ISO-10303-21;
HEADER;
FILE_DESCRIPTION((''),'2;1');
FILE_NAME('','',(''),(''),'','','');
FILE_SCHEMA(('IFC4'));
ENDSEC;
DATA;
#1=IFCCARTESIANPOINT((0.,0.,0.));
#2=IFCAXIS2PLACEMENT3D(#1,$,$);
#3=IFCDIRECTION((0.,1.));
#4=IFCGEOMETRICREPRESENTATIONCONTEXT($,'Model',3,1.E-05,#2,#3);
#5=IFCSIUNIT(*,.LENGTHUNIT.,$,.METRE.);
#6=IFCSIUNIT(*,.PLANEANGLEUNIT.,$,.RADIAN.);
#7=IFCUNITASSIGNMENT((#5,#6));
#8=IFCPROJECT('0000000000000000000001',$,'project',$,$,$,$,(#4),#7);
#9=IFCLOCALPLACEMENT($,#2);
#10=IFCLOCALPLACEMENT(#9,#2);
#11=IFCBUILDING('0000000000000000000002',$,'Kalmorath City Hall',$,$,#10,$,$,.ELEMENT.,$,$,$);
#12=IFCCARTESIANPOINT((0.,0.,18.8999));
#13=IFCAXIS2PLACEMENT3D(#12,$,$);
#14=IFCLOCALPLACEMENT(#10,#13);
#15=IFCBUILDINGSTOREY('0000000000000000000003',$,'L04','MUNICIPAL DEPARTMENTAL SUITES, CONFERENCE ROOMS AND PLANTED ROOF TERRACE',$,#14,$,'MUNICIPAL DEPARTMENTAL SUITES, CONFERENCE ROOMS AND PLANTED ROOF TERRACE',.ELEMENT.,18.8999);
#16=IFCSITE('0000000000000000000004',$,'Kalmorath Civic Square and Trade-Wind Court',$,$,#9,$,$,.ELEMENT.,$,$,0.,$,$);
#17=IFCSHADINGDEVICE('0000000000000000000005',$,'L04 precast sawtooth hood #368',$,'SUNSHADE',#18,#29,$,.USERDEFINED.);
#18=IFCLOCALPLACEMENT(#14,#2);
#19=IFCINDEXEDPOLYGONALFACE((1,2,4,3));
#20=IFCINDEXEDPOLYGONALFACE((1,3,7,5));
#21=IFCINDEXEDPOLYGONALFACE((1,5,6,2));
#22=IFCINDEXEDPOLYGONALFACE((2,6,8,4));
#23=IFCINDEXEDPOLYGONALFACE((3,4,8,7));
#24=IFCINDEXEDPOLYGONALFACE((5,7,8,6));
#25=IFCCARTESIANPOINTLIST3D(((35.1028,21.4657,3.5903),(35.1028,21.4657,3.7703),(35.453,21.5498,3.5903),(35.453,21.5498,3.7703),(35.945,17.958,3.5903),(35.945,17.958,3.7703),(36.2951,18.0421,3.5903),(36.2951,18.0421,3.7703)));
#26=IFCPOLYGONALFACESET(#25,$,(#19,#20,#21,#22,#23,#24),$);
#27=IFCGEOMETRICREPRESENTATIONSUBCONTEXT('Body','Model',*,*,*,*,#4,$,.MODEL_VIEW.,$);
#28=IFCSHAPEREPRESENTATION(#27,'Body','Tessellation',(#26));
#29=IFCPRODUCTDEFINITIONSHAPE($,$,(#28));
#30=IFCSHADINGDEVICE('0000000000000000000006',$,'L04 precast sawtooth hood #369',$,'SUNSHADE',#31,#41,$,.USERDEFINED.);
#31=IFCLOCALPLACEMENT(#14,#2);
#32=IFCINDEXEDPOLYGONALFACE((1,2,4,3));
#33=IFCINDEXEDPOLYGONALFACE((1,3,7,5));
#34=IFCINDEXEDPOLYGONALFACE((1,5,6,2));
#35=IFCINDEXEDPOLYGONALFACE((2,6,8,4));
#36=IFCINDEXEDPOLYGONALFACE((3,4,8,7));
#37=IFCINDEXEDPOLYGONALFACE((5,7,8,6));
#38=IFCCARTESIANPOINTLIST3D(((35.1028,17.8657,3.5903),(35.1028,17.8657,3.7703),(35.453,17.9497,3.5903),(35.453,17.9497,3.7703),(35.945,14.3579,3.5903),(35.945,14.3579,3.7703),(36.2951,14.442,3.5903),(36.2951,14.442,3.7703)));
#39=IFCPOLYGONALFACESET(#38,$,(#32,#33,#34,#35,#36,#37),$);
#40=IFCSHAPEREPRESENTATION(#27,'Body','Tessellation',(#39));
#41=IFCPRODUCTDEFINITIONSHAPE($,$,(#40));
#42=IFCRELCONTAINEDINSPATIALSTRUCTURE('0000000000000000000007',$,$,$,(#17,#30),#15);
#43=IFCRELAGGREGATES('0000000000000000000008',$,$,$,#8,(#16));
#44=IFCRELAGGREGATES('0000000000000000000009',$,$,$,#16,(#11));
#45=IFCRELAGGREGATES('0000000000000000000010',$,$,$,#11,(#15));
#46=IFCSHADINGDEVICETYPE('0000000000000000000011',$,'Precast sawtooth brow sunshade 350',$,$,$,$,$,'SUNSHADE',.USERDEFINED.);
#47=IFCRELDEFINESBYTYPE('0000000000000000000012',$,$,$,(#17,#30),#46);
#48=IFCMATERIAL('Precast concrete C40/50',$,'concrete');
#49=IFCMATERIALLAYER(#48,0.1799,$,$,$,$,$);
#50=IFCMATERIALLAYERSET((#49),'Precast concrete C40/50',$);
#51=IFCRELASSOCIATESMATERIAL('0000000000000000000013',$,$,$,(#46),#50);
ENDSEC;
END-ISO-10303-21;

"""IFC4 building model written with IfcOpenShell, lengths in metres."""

from ifc_helpers import new_model, si_unit, direction, frame, origin, origin_2d, place, context, subcontext, project, spatial, rectangle, extrude, material, layer, layer_set, type_object, element, save


model = new_model("IFC4")

# Units and contexts
model_context = context("Model", 3, precision=1e-05, world=origin(), true_north=direction((0.0, 1.0)))
body_context = subcontext(model_context, "Body", "Model", "MODEL_VIEW")
ifc_project = project(units=[si_unit("LENGTHUNIT", "METRE"), si_unit("PLANEANGLEUNIT", "RADIAN")], contexts=[model_context])

# Site, building, storey
site_placement = place(None, origin())
site = spatial("IfcSite", under=ifc_project, at=site_placement, Name="Kalmorath Civic Square and Trade-Wind Court", CompositionType="ELEMENT", RefElevation=0.0)
building_placement = place(site_placement, origin())
building = spatial("IfcBuilding", under=site, at=building_placement, Name="Kalmorath City Hall", CompositionType="ELEMENT")
storey_placement = place(building_placement, frame((0.0, 0.0, 18.8999)))
storey = spatial("IfcBuildingStorey", under=building, at=storey_placement, Name="L04", Description="MUNICIPAL DEPARTMENTAL SUITES, CONFERENCE ROOMS AND PLANTED ROOF TERRACE", LongName="MUNICIPAL DEPARTMENTAL SUITES, CONFERENCE ROOMS AND PLANTED ROOF TERRACE", CompositionType="ELEMENT", Elevation=18.8999)

# Shading devices
ifc_material_1 = material(Name="Precast concrete C40/50", Category="concrete")
ifc_layer_1 = layer(ifc_material_1, 0.1799)
ifc_layer_set_1 = layer_set([ifc_layer_1], Name="Precast concrete C40/50")
shading_device_type = type_object("IfcShadingDeviceType", Name="Precast sawtooth brow sunshade 350", ElementType="SUNSHADE", PredefinedType="USERDEFINED", material=ifc_layer_set_1)
for number, where, z_axis, x_axis, name in (
    (1, (35.699, 19.7539, 3.5903), (0.0, 0.0, 1.0), (0.233445, -0.97237, 0.0), "L04 precast sawtooth hood #368"),
    (2, (35.699, 16.1538, 3.5903), (0.0, 0.0, 1.0), (0.233445, -0.97237, 0.0), "L04 precast sawtooth hood #369"),
):
    element("IfcShadingDevice", number, at=place(storey_placement, frame(where, z_axis=z_axis, x_axis=x_axis)), inside=storey, type_object=shading_device_type, Name=name, ObjectType="SUNSHADE", PredefinedType="USERDEFINED", context=body_context, shape_type="SweptSolid", body=[
        extrude(rectangle(XDim=3.6074, YDim=0.3601, at=origin_2d()), origin(), (0.0, 0.0, 1.0), 0.1799),
    ])

save(model, "model.ifc")
